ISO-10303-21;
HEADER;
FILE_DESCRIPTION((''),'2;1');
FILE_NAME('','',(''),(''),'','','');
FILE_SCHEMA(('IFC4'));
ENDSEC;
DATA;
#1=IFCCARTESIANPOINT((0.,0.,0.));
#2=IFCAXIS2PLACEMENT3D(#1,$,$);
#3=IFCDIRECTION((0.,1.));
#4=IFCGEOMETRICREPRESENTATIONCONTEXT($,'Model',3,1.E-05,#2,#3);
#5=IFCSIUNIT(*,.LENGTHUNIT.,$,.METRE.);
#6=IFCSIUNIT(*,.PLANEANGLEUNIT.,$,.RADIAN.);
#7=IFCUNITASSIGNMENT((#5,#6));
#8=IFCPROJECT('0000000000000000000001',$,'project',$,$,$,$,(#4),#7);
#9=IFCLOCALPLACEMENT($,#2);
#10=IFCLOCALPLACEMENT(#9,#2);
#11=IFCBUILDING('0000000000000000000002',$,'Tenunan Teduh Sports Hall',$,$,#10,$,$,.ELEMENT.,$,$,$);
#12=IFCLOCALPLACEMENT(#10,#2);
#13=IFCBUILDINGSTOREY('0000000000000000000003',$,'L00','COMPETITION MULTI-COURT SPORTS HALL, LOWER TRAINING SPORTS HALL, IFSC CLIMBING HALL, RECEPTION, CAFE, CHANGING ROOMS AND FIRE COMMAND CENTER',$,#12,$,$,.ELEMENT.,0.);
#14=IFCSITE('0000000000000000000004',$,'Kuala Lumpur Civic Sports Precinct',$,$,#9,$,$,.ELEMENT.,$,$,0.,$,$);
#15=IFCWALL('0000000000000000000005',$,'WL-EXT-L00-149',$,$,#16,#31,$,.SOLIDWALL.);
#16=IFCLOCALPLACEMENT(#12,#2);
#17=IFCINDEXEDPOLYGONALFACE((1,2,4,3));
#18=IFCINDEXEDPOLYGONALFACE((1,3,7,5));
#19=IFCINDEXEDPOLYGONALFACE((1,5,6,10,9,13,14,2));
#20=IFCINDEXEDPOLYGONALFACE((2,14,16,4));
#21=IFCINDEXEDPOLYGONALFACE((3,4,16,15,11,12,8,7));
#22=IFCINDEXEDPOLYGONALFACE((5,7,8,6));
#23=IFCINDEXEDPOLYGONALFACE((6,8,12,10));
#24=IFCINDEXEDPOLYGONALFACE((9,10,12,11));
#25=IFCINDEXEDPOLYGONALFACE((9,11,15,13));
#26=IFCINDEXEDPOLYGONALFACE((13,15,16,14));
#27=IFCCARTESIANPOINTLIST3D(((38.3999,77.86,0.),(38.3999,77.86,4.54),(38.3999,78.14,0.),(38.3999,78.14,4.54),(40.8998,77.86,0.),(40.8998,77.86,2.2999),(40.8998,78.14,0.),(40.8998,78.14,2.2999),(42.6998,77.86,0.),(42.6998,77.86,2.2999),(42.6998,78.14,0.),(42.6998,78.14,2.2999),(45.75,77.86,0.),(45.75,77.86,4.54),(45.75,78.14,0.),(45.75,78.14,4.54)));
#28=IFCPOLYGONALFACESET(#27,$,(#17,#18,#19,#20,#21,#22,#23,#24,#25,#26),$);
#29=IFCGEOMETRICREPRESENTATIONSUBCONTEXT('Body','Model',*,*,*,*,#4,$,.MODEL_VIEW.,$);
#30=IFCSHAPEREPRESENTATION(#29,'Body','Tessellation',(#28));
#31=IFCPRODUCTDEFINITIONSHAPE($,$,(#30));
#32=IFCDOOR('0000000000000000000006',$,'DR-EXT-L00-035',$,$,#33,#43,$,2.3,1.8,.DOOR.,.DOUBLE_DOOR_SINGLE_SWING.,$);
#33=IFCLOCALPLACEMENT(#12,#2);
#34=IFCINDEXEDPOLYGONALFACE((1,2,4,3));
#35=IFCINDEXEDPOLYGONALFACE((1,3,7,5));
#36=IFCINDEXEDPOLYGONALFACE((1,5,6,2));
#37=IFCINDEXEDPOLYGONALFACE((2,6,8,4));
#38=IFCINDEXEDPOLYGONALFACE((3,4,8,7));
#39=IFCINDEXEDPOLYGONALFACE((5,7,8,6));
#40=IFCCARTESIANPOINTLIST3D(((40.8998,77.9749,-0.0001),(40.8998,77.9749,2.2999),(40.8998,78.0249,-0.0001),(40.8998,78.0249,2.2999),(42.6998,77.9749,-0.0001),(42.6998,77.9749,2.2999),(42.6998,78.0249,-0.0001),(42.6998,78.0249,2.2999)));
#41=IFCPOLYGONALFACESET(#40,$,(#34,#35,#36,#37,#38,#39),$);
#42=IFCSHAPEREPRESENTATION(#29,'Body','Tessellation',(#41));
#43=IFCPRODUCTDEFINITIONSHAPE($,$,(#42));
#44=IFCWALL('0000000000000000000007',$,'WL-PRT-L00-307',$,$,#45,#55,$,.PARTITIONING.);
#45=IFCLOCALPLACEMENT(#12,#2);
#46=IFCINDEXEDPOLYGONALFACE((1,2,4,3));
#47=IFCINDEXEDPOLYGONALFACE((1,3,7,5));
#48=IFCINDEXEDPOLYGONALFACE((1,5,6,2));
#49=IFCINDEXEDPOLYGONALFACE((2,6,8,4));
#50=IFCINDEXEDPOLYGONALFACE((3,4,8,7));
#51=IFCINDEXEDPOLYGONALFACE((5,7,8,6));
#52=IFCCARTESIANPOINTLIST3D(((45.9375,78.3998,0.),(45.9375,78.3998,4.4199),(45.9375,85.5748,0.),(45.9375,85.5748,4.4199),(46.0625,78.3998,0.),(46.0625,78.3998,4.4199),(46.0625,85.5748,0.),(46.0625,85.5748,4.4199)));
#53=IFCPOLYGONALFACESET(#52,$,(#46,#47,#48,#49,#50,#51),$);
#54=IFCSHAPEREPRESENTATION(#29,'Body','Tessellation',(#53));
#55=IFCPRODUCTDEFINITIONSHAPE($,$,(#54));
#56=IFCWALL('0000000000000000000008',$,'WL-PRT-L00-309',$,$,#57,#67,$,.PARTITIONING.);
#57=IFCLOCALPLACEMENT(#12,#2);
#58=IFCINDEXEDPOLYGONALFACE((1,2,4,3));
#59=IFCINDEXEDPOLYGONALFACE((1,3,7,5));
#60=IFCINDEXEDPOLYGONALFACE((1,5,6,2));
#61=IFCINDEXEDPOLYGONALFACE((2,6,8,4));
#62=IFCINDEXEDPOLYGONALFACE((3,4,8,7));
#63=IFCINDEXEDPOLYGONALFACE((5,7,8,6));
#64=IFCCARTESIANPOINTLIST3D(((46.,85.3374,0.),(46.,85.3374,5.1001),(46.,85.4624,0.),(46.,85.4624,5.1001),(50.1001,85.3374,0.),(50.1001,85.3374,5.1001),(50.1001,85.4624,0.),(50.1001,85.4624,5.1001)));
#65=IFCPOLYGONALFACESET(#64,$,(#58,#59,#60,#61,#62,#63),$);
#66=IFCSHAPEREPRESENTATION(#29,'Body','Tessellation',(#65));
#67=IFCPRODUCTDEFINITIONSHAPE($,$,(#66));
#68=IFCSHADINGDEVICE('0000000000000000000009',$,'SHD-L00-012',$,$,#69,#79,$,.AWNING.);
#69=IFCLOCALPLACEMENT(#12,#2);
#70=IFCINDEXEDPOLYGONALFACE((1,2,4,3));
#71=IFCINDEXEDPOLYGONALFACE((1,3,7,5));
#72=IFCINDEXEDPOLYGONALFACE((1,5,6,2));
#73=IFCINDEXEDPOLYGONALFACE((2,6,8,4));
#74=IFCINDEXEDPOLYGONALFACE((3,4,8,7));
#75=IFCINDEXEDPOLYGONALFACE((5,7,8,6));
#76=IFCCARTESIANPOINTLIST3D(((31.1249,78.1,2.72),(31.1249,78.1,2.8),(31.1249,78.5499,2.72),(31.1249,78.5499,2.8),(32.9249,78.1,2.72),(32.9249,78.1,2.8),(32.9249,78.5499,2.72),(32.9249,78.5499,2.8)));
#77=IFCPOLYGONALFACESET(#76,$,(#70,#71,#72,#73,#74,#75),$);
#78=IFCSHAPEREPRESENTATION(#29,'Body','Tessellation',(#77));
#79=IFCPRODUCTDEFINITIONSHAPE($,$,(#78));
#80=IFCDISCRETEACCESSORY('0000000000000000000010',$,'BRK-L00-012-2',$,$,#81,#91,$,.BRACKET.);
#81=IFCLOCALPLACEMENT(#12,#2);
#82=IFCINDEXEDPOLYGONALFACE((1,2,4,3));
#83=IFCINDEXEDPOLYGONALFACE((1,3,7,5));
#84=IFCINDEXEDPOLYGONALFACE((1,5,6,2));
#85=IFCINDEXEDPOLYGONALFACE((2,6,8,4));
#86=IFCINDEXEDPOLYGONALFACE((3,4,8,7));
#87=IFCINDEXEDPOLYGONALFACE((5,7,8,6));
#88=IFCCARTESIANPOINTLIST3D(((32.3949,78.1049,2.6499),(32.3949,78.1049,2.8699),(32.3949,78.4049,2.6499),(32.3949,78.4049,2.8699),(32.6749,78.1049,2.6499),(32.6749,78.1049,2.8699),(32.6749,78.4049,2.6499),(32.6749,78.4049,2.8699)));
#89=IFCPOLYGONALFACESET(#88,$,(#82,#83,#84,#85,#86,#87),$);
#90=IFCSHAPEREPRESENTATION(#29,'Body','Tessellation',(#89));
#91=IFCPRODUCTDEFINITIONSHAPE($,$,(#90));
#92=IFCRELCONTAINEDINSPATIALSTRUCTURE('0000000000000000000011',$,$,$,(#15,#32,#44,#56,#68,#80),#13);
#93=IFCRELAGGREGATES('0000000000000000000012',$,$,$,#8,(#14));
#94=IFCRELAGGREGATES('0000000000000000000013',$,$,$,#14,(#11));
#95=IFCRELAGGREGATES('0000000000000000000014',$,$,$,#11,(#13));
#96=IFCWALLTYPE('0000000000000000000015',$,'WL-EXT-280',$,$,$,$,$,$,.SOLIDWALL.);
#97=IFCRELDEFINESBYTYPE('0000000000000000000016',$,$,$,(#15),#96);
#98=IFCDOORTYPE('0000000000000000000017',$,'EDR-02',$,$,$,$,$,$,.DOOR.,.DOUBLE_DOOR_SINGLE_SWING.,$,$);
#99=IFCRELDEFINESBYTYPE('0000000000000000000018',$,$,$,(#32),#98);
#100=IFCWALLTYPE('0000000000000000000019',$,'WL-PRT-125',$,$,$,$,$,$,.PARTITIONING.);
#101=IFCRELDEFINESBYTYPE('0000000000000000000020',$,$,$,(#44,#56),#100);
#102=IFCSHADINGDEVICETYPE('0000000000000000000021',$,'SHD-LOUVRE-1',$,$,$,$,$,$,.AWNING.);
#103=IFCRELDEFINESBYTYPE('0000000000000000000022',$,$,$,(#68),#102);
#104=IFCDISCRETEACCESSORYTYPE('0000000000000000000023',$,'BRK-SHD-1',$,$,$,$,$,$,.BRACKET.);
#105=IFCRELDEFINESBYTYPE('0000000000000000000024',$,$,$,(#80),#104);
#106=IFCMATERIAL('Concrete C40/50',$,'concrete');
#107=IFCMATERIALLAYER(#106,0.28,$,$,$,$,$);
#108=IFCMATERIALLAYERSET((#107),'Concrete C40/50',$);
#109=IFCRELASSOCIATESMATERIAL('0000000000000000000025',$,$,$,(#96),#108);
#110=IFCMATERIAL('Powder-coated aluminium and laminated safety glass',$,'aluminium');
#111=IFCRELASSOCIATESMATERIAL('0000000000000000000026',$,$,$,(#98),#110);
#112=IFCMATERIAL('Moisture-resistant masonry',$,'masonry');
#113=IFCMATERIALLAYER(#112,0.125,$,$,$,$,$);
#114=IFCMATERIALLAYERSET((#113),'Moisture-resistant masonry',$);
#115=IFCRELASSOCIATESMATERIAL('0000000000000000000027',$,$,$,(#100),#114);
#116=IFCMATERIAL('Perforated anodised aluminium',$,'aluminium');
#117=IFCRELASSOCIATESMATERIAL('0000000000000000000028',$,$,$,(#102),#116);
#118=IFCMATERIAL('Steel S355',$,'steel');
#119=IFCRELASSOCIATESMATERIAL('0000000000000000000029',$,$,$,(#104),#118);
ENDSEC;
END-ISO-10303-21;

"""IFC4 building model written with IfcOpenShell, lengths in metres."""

from ifc_helpers import new_model, si_unit, direction, frame, frame_2d, origin, origin_2d, place, context, subcontext, project, spatial, rectangle, extrude, material, layer, layer_set, type_object, element, fill, save


model = new_model("IFC4")

# Units and contexts
model_context = context("Model", 3, precision=1e-05, world=origin(), true_north=direction((0.0, 1.0)))
body_context = subcontext(model_context, "Body", "Model", "MODEL_VIEW")
ifc_project = project(units=[si_unit("LENGTHUNIT", "METRE"), si_unit("PLANEANGLEUNIT", "RADIAN")], contexts=[model_context])

# Site, building, storey
site_placement = place(None, origin())
site = spatial("IfcSite", under=ifc_project, at=site_placement, Name="Kuala Lumpur Civic Sports Precinct", CompositionType="ELEMENT", RefElevation=0.0)
building_placement = place(site_placement, origin())
building = spatial("IfcBuilding", under=site, at=building_placement, Name="Tenunan Teduh Sports Hall", CompositionType="ELEMENT")
storey_placement = place(building_placement, origin())
storey = spatial("IfcBuildingStorey", under=building, at=storey_placement, Name="L00", Description="COMPETITION MULTI-COURT SPORTS HALL, LOWER TRAINING SPORTS HALL, IFSC CLIMBING HALL, RECEPTION, CAFE, CHANGING ROOMS AND FIRE COMMAND CENTER", CompositionType="ELEMENT", Elevation=0.0)

# Wall, opening, door
ifc_material_1 = material(Name="Concrete C40/50", Category="concrete")
ifc_layer_1 = layer(ifc_material_1, 0.28)
ifc_layer_set_1 = layer_set([ifc_layer_1], Name="Concrete C40/50")
wall_type_1 = type_object("IfcWallType", Name="WL-EXT-280", PredefinedType="SOLIDWALL", material=ifc_layer_set_1)
wall_1_placement = place(storey_placement, frame((38.3999, 78.0, 0.0), z_axis=(0.0, 0.0, 1.0), x_axis=(1.0, 0.0, 0.0)))
wall_1 = element("IfcWall", 1, at=wall_1_placement, inside=storey, type_object=wall_type_1, Name="WL-EXT-L00-149", PredefinedType="SOLIDWALL", context=body_context, shape_type="SweptSolid", body=[
    extrude(rectangle(XDim=7.3501, YDim=0.28, at=frame_2d((3.675, 0.0))), origin(), (0.0, 0.0, 1.0), 4.54),
])
opening_placement = place(wall_1_placement, frame((2.5, 0.0, 0.0)))
opening = element("IfcOpeningElement", 2, at=opening_placement, cuts=wall_1, PredefinedType="OPENING", context=body_context, shape_type="SweptSolid", body=[
    extrude(rectangle(XDim=1.8, YDim=2.3, at=frame_2d((0.8999, 1.1499))), frame((0.0, 0.1499, 0.0), z_axis=(0.0, -1.0, 0.0), x_axis=(1.0, 0.0, 0.0)), (0.0, 0.0, 1.0), 0.3),
])
ifc_material_2 = material(Name="Powder-coated aluminium and laminated safety glass", Category="aluminium")
door_type = type_object("IfcDoorType", Name="EDR-02", OperationType="DOUBLE_DOOR_SINGLE_SWING", PredefinedType="DOOR", material=ifc_material_2)
door_placement = place(opening_placement, origin())
door = element("IfcDoor", 3, at=door_placement, inside=storey, type_object=door_type, Name="DR-EXT-L00-035", OperationType="DOUBLE_DOOR_SINGLE_SWING", OverallHeight=2.3, OverallWidth=1.8, PredefinedType="DOOR", context=body_context, shape_type="SweptSolid", body=[
    extrude(rectangle(XDim=1.8, YDim=2.3, at=frame_2d((0.8999, 1.1499))), frame((0.0, 0.0249, 0.0), z_axis=(0.0, -1.0, 0.0), x_axis=(1.0, 0.0, 0.0)), (0.0, 0.0, 1.0), 0.05),
])
fill(opening, door)

# Walls
ifc_material_3 = material(Name="Moisture-resistant masonry", Category="masonry")
ifc_layer_2 = layer(ifc_material_3, 0.125)
ifc_layer_set_2 = layer_set([ifc_layer_2], Name="Moisture-resistant masonry")
wall_type_2 = type_object("IfcWallType", Name="WL-PRT-125", PredefinedType="PARTITIONING", material=ifc_layer_set_2)
wall_2_placement = place(storey_placement, frame((46.0, 78.3999, 0.0), z_axis=(0.0, 0.0, 1.0), x_axis=(0.0, 1.0, 0.0)))
element("IfcWall", 4, at=wall_2_placement, inside=storey, type_object=wall_type_2, Name="WL-PRT-L00-307", PredefinedType="PARTITIONING", context=body_context, shape_type="SweptSolid", body=[
    extrude(rectangle(XDim=7.175, YDim=0.125, at=frame_2d((3.5874, 0.0))), origin(), (0.0, 0.0, 1.0), 4.4199),
])
wall_3_placement = place(storey_placement, frame((46.0, 85.3999, 0.0), z_axis=(0.0, 0.0, 1.0), x_axis=(1.0, 0.0, 0.0)))
element("IfcWall", 5, at=wall_3_placement, inside=storey, type_object=wall_type_2, Name="WL-PRT-L00-309", PredefinedType="PARTITIONING", context=body_context, shape_type="SweptSolid", body=[
    extrude(rectangle(XDim=4.1001, YDim=0.125, at=frame_2d((2.05, 0.0))), origin(), (0.0, 0.0, 1.0), 5.1001),
])

# Shading device
ifc_material_4 = material(Name="Perforated anodised aluminium", Category="aluminium")
shading_device_type = type_object("IfcShadingDeviceType", Name="SHD-LOUVRE-1", PredefinedType="AWNING", material=ifc_material_4)
shading_device_placement = place(storey_placement, frame((32.0249, 78.325, 2.72), z_axis=(0.0, 0.0, 1.0), x_axis=(1.0, 0.0, 0.0)))
element("IfcShadingDevice", 6, at=shading_device_placement, inside=storey, type_object=shading_device_type, Name="SHD-L00-012", PredefinedType="AWNING", context=body_context, shape_type="SweptSolid", body=[
    extrude(rectangle(XDim=1.8, YDim=0.45, at=origin_2d()), origin(), (0.0, 0.0, 1.0), 0.0801),
])

# Discrete accessory
ifc_material_5 = material(Name="Steel S355", Category="steel")
discrete_accessory_type = type_object("IfcDiscreteAccessoryType", Name="BRK-SHD-1", PredefinedType="BRACKET", material=ifc_material_5)
discrete_accessory_placement = place(storey_placement, frame((32.5349, 78.2549, 2.6499), z_axis=(0.0, 0.0, 1.0), x_axis=(1.0, 0.0, 0.0)))
element("IfcDiscreteAccessory", 7, at=discrete_accessory_placement, inside=storey, type_object=discrete_accessory_type, Name="BRK-L00-012-2", PredefinedType="BRACKET", context=body_context, shape_type="SweptSolid", body=[
    extrude(rectangle(XDim=0.28, YDim=0.3, at=origin_2d()), origin(), (0.0, 0.0, 1.0), 0.22),
])

save(model, "model.ifc")
